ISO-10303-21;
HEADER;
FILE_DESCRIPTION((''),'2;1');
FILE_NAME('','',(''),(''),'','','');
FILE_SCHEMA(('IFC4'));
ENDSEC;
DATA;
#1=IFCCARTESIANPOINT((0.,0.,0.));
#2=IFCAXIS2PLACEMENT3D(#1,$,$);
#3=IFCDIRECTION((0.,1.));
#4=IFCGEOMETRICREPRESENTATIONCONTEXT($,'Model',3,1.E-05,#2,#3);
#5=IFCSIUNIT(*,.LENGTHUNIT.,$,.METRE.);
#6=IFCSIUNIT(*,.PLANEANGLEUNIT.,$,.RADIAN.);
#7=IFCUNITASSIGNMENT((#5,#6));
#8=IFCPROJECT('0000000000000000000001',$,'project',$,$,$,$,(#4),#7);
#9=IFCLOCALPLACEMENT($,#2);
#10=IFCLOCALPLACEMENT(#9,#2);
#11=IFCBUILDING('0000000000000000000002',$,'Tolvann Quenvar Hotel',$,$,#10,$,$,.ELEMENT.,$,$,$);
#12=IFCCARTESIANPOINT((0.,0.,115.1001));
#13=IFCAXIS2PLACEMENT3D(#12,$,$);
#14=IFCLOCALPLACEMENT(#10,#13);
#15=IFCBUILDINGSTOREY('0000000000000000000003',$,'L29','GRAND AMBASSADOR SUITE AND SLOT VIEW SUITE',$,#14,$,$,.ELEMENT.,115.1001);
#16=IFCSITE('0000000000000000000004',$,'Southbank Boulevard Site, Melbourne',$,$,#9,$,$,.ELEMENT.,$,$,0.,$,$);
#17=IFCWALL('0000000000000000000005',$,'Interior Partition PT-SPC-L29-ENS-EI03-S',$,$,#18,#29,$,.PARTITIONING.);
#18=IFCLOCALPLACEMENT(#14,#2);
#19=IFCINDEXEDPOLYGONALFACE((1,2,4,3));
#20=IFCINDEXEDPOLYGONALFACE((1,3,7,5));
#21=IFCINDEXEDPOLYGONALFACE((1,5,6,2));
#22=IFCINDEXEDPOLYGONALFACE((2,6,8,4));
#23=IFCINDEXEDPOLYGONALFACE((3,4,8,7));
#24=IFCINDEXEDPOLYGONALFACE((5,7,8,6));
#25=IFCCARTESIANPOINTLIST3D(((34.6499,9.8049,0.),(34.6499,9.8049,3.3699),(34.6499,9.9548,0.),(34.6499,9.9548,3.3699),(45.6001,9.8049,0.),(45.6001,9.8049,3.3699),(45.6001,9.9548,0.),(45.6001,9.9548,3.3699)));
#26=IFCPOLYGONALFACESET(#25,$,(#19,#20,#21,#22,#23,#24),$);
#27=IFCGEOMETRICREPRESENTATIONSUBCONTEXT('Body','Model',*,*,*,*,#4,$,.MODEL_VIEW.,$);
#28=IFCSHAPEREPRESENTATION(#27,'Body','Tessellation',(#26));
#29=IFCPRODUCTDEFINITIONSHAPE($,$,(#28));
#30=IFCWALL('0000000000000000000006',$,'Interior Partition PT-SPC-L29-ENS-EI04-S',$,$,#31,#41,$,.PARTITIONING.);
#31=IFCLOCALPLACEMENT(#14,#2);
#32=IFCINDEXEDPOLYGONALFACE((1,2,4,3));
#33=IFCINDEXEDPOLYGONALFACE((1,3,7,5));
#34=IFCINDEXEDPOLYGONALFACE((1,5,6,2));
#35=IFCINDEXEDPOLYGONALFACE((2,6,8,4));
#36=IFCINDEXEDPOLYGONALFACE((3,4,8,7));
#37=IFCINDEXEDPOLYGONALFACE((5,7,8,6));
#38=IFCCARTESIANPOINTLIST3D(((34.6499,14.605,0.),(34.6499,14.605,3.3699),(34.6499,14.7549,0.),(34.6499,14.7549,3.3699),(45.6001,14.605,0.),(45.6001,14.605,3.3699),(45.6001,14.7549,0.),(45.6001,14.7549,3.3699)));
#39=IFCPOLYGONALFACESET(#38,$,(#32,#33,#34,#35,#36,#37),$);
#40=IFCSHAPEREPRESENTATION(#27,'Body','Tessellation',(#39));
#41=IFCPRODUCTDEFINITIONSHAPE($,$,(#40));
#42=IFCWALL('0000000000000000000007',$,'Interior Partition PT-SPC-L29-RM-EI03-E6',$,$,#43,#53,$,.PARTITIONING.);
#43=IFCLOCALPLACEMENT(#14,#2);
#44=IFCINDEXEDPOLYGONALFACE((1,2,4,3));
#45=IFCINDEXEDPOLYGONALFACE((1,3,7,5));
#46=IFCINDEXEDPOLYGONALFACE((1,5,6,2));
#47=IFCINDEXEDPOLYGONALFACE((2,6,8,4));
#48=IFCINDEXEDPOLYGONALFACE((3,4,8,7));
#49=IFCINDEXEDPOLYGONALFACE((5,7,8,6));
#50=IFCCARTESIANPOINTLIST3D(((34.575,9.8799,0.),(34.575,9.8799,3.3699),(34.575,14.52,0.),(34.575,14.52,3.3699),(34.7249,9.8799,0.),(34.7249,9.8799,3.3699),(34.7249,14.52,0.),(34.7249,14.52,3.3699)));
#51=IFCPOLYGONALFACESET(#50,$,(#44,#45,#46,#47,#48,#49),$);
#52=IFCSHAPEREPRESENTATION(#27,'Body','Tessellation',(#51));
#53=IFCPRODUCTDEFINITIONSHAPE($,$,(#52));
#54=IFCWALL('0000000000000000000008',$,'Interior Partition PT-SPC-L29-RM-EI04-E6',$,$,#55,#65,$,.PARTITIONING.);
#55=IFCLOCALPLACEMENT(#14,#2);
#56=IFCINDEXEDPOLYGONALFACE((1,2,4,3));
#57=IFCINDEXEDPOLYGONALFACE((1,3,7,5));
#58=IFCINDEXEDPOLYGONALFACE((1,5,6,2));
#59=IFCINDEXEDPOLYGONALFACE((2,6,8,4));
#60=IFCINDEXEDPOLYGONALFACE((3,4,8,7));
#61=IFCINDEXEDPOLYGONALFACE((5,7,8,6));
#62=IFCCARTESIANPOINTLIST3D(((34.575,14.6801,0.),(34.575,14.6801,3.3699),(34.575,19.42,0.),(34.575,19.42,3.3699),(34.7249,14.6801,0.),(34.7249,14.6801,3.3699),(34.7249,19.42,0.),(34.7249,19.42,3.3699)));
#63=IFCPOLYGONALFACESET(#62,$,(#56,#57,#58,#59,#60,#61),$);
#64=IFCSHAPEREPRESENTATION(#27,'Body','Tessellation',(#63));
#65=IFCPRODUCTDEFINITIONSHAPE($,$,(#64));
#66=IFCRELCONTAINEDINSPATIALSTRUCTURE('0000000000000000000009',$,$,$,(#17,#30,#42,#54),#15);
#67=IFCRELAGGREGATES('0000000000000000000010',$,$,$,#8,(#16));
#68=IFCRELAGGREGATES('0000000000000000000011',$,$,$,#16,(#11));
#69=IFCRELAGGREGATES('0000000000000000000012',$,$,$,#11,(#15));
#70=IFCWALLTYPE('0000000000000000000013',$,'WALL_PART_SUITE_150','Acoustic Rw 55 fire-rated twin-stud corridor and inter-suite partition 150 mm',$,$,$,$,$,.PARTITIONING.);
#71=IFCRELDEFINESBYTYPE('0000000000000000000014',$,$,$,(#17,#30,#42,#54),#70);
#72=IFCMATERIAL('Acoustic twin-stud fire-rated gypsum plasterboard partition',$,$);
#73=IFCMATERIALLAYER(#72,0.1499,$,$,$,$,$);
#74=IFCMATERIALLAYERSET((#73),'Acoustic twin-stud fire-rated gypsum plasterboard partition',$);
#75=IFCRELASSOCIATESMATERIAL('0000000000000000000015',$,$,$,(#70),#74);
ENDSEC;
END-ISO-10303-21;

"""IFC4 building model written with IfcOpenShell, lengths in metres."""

from ifc_helpers import new_model, si_unit, direction, frame, frame_2d, origin, place, context, subcontext, project, spatial, rectangle, extrude, material, layer, layer_set, type_object, element, save


model = new_model("IFC4")

# Units and contexts
model_context = context("Model", 3, precision=1e-05, world=origin(), true_north=direction((0.0, 1.0)))
body_context = subcontext(model_context, "Body", "Model", "MODEL_VIEW")
ifc_project = project(units=[si_unit("LENGTHUNIT", "METRE"), si_unit("PLANEANGLEUNIT", "RADIAN")], contexts=[model_context])

# Site, building, storey
site_placement = place(None, origin())
site = spatial("IfcSite", under=ifc_project, at=site_placement, Name="Southbank Boulevard Site, Melbourne", CompositionType="ELEMENT", RefElevation=0.0)
building_placement = place(site_placement, origin())
building = spatial("IfcBuilding", under=site, at=building_placement, Name="Tolvann Quenvar Hotel", CompositionType="ELEMENT")
storey_placement = place(building_placement, frame((0.0, 0.0, 115.1001)))
storey = spatial("IfcBuildingStorey", under=building, at=storey_placement, Name="L29", Description="GRAND AMBASSADOR SUITE AND SLOT VIEW SUITE", CompositionType="ELEMENT", Elevation=115.1001)

# Walls
ifc_material_1 = material(Name="Acoustic twin-stud fire-rated gypsum plasterboard partition")
ifc_layer_1 = layer(ifc_material_1, 0.1499)
ifc_layer_set_1 = layer_set([ifc_layer_1], Name="Acoustic twin-stud fire-rated gypsum plasterboard partition")
wall_type = type_object("IfcWallType", Name="WALL_PART_SUITE_150", Description="Acoustic Rw 55 fire-rated twin-stud corridor and inter-suite partition 150 mm", PredefinedType="PARTITIONING", material=ifc_layer_set_1)
for number, where, z_axis, x_axis, name in (
    (1, (34.6499, 9.8799, 0.0), (0.0, 0.0, 1.0), (1.0, 0.0, 0.0), "Interior Partition PT-SPC-L29-ENS-EI03-S"),
    (2, (34.6499, 14.6799, 0.0), (0.0, 0.0, 1.0), (1.0, 0.0, 0.0), "Interior Partition PT-SPC-L29-ENS-EI04-S"),
):
    element("IfcWall", number, at=place(storey_placement, frame(where, z_axis=z_axis, x_axis=x_axis)), inside=storey, type_object=wall_type, Name=name, PredefinedType="PARTITIONING", context=body_context, shape_type="SweptSolid", body=[
        extrude(rectangle(XDim=10.9502, YDim=0.1499, at=frame_2d((5.4751, 0.0))), origin(), (0.0, 0.0, 1.0), 3.3699),
    ])
wall_1_placement = place(storey_placement, frame((34.6499, 9.8799, 0.0), z_axis=(0.0, 0.0, 1.0), x_axis=(0.0, 1.0, 0.0)))
element("IfcWall", 3, at=wall_1_placement, inside=storey, type_object=wall_type, Name="Interior Partition PT-SPC-L29-RM-EI03-E6", PredefinedType="PARTITIONING", context=body_context, shape_type="SweptSolid", body=[
    extrude(rectangle(XDim=4.6401, YDim=0.1499, at=frame_2d((2.3201, 0.0))), origin(), (0.0, 0.0, 1.0), 3.3699),
])
wall_2_placement = place(storey_placement, frame((34.6499, 14.6799, 0.0), z_axis=(0.0, 0.0, 1.0), x_axis=(0.0, 1.0, 0.0)))
element("IfcWall", 4, at=wall_2_placement, inside=storey, type_object=wall_type, Name="Interior Partition PT-SPC-L29-RM-EI04-E6", PredefinedType="PARTITIONING", context=body_context, shape_type="SweptSolid", body=[
    extrude(rectangle(XDim=4.74, YDim=0.1499, at=frame_2d((2.3701, 0.0))), origin(), (0.0, 0.0, 1.0), 3.3699),
])

save(model, "model.ifc")
